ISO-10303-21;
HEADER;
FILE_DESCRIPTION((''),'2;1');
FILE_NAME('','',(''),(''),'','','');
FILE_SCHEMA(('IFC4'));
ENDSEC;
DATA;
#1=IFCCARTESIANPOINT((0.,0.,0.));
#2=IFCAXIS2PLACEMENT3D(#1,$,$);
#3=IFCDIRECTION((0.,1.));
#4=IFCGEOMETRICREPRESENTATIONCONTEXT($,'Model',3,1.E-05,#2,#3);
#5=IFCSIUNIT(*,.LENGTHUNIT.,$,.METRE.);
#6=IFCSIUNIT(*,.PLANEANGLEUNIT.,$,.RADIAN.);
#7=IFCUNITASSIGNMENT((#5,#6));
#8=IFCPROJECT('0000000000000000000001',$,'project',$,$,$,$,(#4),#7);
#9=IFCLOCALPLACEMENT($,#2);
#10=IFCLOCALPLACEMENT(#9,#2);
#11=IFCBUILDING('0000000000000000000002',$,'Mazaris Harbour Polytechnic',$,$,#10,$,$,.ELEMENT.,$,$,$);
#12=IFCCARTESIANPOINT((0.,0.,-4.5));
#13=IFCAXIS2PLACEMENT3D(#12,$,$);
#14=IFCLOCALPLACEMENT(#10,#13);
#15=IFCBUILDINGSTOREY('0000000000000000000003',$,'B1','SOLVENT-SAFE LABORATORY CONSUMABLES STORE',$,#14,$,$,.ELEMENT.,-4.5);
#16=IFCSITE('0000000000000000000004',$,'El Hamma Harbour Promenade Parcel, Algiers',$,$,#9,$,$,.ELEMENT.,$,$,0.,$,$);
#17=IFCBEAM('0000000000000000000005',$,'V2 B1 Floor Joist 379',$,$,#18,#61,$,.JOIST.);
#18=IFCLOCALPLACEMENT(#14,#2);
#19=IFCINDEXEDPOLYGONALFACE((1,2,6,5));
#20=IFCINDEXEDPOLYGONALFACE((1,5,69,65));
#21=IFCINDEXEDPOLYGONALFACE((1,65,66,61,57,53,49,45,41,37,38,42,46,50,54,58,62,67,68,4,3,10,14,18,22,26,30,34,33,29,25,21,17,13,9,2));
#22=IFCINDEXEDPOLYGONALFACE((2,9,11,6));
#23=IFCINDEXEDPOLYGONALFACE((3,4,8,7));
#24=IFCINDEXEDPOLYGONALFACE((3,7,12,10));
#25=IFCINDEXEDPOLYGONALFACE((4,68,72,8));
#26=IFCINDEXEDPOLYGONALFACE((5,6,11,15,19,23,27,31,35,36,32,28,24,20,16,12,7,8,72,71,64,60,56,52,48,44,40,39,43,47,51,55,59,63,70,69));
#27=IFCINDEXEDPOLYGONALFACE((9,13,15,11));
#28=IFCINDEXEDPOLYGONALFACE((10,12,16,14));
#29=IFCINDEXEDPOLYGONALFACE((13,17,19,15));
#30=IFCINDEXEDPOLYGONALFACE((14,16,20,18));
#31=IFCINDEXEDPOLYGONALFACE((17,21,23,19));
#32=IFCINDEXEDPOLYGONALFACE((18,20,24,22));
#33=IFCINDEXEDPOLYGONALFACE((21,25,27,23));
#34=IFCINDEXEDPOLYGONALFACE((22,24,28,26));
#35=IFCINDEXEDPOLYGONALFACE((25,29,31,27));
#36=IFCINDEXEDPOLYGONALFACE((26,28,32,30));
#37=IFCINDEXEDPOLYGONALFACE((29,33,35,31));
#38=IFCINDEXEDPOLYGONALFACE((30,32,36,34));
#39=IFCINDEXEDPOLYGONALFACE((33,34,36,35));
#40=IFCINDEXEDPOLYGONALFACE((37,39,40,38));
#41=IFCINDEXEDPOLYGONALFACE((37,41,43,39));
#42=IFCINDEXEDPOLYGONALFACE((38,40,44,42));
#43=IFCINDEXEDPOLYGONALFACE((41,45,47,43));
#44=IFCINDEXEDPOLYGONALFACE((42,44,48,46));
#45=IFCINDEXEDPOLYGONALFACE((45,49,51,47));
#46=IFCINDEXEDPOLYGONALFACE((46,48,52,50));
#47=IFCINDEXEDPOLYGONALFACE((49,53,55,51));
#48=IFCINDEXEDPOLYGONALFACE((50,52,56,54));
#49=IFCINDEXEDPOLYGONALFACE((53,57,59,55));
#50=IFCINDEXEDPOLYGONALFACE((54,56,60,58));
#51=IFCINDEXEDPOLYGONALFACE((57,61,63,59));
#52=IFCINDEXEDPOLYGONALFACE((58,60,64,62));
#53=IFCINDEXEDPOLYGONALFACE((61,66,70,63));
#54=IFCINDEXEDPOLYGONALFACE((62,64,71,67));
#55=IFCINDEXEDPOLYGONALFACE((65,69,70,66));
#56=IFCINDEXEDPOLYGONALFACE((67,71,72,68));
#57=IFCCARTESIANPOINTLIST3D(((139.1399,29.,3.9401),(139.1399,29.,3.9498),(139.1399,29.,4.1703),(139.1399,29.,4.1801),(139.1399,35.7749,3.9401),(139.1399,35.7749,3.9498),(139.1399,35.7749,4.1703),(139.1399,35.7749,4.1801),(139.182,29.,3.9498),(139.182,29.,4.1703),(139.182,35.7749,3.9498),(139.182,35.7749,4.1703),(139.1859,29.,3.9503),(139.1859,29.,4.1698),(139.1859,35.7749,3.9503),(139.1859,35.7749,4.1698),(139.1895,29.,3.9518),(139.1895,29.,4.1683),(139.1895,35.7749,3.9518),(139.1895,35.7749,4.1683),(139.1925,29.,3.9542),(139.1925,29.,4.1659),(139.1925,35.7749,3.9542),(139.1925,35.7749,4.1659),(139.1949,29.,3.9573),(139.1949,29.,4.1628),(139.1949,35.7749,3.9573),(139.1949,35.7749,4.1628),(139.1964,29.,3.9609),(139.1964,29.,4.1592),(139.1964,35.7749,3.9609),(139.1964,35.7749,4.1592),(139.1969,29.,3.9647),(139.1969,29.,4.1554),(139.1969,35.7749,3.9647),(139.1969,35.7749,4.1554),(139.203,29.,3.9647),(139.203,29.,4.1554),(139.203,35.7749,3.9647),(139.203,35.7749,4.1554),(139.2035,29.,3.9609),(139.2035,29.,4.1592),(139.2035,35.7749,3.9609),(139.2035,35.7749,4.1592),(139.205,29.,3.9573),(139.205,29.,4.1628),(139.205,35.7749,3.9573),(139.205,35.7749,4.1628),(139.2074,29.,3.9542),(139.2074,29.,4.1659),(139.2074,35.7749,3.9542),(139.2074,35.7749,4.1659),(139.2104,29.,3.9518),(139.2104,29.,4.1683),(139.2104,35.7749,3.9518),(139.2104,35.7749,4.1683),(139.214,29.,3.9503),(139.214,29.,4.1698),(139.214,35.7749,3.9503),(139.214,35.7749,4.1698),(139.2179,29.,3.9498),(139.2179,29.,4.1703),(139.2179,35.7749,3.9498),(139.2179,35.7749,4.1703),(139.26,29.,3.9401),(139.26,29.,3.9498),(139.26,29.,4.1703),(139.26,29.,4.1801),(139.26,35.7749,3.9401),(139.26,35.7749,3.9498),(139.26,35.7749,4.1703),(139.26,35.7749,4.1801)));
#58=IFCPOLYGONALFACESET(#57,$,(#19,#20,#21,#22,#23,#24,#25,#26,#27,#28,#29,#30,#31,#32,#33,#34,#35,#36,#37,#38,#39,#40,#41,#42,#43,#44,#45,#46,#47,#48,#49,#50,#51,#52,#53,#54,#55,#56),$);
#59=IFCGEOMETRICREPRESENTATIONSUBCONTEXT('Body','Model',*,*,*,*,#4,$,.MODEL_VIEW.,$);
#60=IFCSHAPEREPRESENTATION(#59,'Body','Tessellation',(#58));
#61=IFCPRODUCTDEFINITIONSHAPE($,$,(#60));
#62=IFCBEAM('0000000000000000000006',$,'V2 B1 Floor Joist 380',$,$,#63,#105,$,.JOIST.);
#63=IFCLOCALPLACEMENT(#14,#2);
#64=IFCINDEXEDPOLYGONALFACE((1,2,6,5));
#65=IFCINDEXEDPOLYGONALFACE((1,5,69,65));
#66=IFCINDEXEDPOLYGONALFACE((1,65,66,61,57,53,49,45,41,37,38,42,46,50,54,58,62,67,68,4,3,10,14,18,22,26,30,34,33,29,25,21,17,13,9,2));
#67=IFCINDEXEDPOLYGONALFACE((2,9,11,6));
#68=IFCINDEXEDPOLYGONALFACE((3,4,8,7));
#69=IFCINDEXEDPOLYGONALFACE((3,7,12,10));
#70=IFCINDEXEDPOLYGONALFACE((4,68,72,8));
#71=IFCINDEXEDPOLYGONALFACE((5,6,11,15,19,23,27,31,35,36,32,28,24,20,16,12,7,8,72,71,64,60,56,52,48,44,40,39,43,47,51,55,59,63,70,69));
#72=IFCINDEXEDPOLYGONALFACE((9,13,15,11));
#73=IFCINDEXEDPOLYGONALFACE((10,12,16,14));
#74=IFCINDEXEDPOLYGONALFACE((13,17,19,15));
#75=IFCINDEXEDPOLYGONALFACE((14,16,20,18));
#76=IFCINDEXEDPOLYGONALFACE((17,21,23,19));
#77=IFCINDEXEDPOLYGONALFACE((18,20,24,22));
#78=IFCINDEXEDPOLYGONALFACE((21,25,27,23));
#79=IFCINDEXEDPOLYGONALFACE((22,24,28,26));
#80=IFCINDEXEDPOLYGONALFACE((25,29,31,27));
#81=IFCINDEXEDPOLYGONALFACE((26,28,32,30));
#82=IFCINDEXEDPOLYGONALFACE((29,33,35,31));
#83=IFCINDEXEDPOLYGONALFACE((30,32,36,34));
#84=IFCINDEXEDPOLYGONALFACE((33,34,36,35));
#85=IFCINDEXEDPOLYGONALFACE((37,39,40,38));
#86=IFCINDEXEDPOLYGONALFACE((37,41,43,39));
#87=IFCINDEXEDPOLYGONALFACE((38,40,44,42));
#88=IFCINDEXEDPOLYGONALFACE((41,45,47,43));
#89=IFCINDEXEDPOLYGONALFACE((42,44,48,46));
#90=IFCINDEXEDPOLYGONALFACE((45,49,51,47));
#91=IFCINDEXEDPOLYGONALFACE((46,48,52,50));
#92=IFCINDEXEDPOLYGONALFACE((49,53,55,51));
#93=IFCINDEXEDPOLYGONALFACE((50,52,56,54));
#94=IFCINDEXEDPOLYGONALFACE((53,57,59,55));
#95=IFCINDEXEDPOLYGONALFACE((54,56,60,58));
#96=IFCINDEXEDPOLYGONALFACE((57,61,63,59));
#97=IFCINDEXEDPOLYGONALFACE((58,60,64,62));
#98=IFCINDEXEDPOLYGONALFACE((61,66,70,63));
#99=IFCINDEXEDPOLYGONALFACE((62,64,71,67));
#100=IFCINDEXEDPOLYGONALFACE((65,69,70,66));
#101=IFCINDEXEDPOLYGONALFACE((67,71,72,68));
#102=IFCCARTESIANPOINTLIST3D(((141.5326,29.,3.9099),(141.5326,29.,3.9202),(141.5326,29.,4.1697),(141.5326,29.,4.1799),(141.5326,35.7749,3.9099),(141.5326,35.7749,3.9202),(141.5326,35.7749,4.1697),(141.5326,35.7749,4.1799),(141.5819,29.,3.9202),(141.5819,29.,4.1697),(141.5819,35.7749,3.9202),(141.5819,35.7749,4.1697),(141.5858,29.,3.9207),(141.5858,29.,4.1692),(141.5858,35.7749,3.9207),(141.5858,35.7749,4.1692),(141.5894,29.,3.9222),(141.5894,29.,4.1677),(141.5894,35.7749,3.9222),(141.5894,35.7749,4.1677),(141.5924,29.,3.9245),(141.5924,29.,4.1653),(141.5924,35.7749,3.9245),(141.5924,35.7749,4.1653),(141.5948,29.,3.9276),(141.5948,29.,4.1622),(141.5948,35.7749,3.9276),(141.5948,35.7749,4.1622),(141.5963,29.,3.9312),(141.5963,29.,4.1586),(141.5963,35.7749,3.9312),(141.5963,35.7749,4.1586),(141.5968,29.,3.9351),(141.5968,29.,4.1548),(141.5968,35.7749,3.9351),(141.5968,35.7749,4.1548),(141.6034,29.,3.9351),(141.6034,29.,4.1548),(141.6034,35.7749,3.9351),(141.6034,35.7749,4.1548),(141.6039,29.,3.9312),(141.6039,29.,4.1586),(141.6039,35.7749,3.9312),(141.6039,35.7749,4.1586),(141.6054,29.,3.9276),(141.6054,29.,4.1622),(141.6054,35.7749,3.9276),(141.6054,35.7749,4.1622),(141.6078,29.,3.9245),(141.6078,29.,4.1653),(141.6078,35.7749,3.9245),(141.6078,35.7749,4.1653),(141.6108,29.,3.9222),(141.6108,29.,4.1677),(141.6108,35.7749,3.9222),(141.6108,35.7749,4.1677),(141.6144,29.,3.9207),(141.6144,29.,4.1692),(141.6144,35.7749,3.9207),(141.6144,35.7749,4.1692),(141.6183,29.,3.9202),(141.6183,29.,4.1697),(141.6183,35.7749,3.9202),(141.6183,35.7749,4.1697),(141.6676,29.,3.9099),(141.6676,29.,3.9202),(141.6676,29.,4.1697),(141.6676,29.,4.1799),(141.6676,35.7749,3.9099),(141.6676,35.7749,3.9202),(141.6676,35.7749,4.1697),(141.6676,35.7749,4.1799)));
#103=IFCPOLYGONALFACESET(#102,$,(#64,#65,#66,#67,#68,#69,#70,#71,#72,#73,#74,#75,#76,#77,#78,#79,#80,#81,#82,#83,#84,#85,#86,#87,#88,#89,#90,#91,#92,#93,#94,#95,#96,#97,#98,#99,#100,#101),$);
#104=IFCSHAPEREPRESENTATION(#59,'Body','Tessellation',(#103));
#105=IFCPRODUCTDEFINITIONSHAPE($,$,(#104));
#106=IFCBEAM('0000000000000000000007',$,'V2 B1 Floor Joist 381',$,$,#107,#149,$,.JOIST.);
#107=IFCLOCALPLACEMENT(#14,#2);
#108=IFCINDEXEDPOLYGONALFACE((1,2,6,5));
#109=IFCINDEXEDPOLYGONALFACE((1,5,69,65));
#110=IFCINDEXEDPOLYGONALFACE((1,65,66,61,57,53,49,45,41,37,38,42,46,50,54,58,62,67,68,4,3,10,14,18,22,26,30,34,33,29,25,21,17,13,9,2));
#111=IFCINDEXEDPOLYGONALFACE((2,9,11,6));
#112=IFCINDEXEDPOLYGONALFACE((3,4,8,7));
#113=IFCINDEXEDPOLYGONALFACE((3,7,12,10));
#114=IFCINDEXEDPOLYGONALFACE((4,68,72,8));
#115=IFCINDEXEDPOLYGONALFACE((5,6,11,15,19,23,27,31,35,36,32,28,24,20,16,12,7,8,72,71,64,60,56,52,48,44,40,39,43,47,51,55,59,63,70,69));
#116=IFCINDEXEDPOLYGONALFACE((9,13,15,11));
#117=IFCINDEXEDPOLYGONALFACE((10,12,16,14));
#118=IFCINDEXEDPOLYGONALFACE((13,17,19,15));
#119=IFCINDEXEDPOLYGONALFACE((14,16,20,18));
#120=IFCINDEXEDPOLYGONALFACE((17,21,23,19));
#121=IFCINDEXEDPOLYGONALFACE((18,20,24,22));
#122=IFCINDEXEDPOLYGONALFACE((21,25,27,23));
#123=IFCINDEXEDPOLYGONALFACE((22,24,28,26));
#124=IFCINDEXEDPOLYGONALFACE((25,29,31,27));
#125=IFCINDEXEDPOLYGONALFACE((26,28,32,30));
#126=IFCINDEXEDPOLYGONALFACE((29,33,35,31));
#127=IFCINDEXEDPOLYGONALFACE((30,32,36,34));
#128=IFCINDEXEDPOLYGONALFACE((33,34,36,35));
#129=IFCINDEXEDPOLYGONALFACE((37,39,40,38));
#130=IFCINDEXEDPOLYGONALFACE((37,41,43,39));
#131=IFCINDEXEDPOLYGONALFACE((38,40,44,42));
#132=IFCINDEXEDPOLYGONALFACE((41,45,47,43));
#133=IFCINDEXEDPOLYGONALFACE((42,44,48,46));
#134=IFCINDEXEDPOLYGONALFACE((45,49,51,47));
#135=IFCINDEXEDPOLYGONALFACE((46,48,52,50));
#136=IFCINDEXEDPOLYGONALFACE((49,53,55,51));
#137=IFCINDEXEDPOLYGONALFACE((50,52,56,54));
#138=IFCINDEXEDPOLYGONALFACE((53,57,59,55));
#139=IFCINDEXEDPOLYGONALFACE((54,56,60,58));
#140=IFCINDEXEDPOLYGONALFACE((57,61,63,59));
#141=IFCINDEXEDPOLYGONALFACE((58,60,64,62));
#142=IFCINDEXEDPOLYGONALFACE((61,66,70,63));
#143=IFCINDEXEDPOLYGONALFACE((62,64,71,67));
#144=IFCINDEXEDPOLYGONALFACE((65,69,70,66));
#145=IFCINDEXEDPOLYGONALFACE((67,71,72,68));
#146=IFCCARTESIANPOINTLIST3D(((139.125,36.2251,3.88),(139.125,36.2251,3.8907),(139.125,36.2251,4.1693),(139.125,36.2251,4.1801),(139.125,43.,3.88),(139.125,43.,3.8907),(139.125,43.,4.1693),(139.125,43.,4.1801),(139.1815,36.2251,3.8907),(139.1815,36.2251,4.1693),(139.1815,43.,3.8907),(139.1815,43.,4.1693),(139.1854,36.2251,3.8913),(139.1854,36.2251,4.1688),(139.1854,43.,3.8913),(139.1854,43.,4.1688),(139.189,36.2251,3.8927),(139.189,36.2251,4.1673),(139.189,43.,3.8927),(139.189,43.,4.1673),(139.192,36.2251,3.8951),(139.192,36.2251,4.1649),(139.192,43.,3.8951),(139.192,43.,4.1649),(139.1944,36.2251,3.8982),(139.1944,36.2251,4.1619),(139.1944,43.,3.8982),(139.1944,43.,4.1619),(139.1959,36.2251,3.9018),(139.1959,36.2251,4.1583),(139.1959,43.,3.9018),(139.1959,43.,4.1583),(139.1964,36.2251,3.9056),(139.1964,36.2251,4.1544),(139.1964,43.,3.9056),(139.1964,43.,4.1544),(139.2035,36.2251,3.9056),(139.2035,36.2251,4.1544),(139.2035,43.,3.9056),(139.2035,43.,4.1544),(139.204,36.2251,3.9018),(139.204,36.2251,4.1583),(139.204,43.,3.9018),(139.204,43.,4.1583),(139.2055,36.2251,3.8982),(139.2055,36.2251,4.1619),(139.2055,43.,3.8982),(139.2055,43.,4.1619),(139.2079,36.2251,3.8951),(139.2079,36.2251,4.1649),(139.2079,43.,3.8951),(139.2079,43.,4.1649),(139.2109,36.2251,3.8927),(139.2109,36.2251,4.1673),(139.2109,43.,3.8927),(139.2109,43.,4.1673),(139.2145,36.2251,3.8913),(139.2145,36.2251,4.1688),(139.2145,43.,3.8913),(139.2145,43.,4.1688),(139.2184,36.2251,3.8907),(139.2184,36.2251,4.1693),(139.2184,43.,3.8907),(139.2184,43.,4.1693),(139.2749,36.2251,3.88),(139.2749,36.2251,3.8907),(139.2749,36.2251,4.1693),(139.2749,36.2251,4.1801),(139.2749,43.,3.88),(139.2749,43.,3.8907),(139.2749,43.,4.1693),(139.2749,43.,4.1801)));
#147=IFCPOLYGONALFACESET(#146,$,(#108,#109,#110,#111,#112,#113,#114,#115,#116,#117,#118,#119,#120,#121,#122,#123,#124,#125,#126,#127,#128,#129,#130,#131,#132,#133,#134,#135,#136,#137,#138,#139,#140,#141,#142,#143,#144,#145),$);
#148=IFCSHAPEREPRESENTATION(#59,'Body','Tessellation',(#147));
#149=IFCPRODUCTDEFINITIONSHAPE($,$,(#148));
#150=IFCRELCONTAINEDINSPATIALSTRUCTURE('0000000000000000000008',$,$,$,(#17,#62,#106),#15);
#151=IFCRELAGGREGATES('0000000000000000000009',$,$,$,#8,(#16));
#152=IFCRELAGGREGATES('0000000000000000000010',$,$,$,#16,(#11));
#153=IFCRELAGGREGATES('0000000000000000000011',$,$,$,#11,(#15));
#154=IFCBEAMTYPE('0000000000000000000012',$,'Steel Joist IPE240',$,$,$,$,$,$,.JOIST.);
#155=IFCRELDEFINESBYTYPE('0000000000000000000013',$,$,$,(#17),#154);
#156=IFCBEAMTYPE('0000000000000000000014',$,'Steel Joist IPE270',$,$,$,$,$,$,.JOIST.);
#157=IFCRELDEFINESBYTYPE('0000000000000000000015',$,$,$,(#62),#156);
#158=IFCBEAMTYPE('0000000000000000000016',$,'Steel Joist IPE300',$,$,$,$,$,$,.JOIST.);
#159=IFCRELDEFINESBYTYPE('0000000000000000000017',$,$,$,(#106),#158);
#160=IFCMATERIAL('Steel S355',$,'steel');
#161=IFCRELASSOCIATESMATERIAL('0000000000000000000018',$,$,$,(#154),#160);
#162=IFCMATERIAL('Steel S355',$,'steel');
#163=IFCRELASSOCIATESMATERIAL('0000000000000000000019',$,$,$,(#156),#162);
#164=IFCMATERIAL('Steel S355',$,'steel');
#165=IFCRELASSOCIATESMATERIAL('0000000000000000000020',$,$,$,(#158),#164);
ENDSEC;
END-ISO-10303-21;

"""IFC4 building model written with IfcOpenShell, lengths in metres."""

from ifc_helpers import new_model, si_unit, direction, frame, origin, origin_2d, place, context, subcontext, project, spatial, i_section, extrude, material, material_profile, profile_set, type_object, element, save


model = new_model("IFC4")

# Units and contexts
model_context = context("Model", 3, precision=1e-05, world=origin(), true_north=direction((0.0, 1.0)))
body_context = subcontext(model_context, "Body", "Model", "MODEL_VIEW")
ifc_project = project(units=[si_unit("LENGTHUNIT", "METRE"), si_unit("PLANEANGLEUNIT", "RADIAN")], contexts=[model_context])

# Site, building, storey
site_placement = place(None, origin())
site = spatial("IfcSite", under=ifc_project, at=site_placement, Name="El Hamma Harbour Promenade Parcel, Algiers", CompositionType="ELEMENT", RefElevation=0.0)
building_placement = place(site_placement, origin())
building = spatial("IfcBuilding", under=site, at=building_placement, Name="Mazaris Harbour Polytechnic", CompositionType="ELEMENT")
storey_placement = place(building_placement, frame((0.0, 0.0, -4.5)))
storey = spatial("IfcBuildingStorey", under=building, at=storey_placement, Name="B1", Description="SOLVENT-SAFE LABORATORY CONSUMABLES STORE", CompositionType="ELEMENT", Elevation=-4.5)

# Beams
ifc_material_1 = material(Name="Steel S355", Category="steel")
ifc_material_profile_1 = material_profile(ifc_material_1, i_section(OverallWidth=0.1201, OverallDepth=0.24, WebThickness=0.0061, FlangeThickness=0.0098, FilletRadius=0.0149, at=origin_2d()), Name="IPE 240")
ifc_profile_set_1 = profile_set([ifc_material_profile_1], Name="Steel S355")
beam_type_1 = type_object("IfcBeamType", Name="Steel Joist IPE240", PredefinedType="JOIST", material=ifc_profile_set_1)
beam_1_placement = place(storey_placement, frame((139.2, 29.0, 4.0601), z_axis=(0.0, 1.0, 0.0), x_axis=(-1.0, 0.0, 0.0)))
element("IfcBeam", 1, at=beam_1_placement, inside=storey, type_object=beam_type_1, Name="V2 B1 Floor Joist 379", PredefinedType="JOIST", context=body_context, shape_type="SweptSolid", body=[
    extrude(i_section(OverallWidth=0.1201, OverallDepth=0.24, WebThickness=0.0061, FlangeThickness=0.0098, FilletRadius=0.0149, at=origin_2d()), origin(), (0.0, 0.0, 1.0), 6.7749),
])
ifc_material_2 = material(Name="Steel S355", Category="steel")
ifc_material_profile_2 = material_profile(ifc_material_2, i_section(OverallWidth=0.135, OverallDepth=0.27, WebThickness=0.0066, FlangeThickness=0.0103, FilletRadius=0.0149, at=origin_2d()), Name="IPE 270")
ifc_profile_set_2 = profile_set([ifc_material_profile_2], Name="Steel S355")
beam_type_2 = type_object("IfcBeamType", Name="Steel Joist IPE270", PredefinedType="JOIST", material=ifc_profile_set_2)
beam_2_placement = place(storey_placement, frame((141.6001, 29.0, 4.0449), z_axis=(0.0, 1.0, 0.0), x_axis=(-1.0, 0.0, 0.0)))
element("IfcBeam", 2, at=beam_2_placement, inside=storey, type_object=beam_type_2, Name="V2 B1 Floor Joist 380", PredefinedType="JOIST", context=body_context, shape_type="SweptSolid", body=[
    extrude(i_section(OverallWidth=0.135, OverallDepth=0.27, WebThickness=0.0066, FlangeThickness=0.0103, FilletRadius=0.0149, at=origin_2d()), origin(), (0.0, 0.0, 1.0), 6.7749),
])
ifc_material_3 = material(Name="Steel S355", Category="steel")
ifc_material_profile_3 = material_profile(ifc_material_3, i_section(OverallWidth=0.1499, OverallDepth=0.3, WebThickness=0.0071, FlangeThickness=0.0107, FilletRadius=0.0149, at=origin_2d()), Name="IPE 300")
ifc_profile_set_3 = profile_set([ifc_material_profile_3], Name="Steel S355")
beam_type_3 = type_object("IfcBeamType", Name="Steel Joist IPE300", PredefinedType="JOIST", material=ifc_profile_set_3)
beam_3_placement = place(storey_placement, frame((139.2, 36.2251, 4.03), z_axis=(0.0, 1.0, 0.0), x_axis=(-1.0, 0.0, 0.0)))
element("IfcBeam", 3, at=beam_3_placement, inside=storey, type_object=beam_type_3, Name="V2 B1 Floor Joist 381", PredefinedType="JOIST", context=body_context, shape_type="SweptSolid", body=[
    extrude(i_section(OverallWidth=0.1499, OverallDepth=0.3, WebThickness=0.0071, FlangeThickness=0.0107, FilletRadius=0.0149, at=origin_2d()), origin(), (0.0, 0.0, 1.0), 6.7749),
])

save(model, "model.ifc")
